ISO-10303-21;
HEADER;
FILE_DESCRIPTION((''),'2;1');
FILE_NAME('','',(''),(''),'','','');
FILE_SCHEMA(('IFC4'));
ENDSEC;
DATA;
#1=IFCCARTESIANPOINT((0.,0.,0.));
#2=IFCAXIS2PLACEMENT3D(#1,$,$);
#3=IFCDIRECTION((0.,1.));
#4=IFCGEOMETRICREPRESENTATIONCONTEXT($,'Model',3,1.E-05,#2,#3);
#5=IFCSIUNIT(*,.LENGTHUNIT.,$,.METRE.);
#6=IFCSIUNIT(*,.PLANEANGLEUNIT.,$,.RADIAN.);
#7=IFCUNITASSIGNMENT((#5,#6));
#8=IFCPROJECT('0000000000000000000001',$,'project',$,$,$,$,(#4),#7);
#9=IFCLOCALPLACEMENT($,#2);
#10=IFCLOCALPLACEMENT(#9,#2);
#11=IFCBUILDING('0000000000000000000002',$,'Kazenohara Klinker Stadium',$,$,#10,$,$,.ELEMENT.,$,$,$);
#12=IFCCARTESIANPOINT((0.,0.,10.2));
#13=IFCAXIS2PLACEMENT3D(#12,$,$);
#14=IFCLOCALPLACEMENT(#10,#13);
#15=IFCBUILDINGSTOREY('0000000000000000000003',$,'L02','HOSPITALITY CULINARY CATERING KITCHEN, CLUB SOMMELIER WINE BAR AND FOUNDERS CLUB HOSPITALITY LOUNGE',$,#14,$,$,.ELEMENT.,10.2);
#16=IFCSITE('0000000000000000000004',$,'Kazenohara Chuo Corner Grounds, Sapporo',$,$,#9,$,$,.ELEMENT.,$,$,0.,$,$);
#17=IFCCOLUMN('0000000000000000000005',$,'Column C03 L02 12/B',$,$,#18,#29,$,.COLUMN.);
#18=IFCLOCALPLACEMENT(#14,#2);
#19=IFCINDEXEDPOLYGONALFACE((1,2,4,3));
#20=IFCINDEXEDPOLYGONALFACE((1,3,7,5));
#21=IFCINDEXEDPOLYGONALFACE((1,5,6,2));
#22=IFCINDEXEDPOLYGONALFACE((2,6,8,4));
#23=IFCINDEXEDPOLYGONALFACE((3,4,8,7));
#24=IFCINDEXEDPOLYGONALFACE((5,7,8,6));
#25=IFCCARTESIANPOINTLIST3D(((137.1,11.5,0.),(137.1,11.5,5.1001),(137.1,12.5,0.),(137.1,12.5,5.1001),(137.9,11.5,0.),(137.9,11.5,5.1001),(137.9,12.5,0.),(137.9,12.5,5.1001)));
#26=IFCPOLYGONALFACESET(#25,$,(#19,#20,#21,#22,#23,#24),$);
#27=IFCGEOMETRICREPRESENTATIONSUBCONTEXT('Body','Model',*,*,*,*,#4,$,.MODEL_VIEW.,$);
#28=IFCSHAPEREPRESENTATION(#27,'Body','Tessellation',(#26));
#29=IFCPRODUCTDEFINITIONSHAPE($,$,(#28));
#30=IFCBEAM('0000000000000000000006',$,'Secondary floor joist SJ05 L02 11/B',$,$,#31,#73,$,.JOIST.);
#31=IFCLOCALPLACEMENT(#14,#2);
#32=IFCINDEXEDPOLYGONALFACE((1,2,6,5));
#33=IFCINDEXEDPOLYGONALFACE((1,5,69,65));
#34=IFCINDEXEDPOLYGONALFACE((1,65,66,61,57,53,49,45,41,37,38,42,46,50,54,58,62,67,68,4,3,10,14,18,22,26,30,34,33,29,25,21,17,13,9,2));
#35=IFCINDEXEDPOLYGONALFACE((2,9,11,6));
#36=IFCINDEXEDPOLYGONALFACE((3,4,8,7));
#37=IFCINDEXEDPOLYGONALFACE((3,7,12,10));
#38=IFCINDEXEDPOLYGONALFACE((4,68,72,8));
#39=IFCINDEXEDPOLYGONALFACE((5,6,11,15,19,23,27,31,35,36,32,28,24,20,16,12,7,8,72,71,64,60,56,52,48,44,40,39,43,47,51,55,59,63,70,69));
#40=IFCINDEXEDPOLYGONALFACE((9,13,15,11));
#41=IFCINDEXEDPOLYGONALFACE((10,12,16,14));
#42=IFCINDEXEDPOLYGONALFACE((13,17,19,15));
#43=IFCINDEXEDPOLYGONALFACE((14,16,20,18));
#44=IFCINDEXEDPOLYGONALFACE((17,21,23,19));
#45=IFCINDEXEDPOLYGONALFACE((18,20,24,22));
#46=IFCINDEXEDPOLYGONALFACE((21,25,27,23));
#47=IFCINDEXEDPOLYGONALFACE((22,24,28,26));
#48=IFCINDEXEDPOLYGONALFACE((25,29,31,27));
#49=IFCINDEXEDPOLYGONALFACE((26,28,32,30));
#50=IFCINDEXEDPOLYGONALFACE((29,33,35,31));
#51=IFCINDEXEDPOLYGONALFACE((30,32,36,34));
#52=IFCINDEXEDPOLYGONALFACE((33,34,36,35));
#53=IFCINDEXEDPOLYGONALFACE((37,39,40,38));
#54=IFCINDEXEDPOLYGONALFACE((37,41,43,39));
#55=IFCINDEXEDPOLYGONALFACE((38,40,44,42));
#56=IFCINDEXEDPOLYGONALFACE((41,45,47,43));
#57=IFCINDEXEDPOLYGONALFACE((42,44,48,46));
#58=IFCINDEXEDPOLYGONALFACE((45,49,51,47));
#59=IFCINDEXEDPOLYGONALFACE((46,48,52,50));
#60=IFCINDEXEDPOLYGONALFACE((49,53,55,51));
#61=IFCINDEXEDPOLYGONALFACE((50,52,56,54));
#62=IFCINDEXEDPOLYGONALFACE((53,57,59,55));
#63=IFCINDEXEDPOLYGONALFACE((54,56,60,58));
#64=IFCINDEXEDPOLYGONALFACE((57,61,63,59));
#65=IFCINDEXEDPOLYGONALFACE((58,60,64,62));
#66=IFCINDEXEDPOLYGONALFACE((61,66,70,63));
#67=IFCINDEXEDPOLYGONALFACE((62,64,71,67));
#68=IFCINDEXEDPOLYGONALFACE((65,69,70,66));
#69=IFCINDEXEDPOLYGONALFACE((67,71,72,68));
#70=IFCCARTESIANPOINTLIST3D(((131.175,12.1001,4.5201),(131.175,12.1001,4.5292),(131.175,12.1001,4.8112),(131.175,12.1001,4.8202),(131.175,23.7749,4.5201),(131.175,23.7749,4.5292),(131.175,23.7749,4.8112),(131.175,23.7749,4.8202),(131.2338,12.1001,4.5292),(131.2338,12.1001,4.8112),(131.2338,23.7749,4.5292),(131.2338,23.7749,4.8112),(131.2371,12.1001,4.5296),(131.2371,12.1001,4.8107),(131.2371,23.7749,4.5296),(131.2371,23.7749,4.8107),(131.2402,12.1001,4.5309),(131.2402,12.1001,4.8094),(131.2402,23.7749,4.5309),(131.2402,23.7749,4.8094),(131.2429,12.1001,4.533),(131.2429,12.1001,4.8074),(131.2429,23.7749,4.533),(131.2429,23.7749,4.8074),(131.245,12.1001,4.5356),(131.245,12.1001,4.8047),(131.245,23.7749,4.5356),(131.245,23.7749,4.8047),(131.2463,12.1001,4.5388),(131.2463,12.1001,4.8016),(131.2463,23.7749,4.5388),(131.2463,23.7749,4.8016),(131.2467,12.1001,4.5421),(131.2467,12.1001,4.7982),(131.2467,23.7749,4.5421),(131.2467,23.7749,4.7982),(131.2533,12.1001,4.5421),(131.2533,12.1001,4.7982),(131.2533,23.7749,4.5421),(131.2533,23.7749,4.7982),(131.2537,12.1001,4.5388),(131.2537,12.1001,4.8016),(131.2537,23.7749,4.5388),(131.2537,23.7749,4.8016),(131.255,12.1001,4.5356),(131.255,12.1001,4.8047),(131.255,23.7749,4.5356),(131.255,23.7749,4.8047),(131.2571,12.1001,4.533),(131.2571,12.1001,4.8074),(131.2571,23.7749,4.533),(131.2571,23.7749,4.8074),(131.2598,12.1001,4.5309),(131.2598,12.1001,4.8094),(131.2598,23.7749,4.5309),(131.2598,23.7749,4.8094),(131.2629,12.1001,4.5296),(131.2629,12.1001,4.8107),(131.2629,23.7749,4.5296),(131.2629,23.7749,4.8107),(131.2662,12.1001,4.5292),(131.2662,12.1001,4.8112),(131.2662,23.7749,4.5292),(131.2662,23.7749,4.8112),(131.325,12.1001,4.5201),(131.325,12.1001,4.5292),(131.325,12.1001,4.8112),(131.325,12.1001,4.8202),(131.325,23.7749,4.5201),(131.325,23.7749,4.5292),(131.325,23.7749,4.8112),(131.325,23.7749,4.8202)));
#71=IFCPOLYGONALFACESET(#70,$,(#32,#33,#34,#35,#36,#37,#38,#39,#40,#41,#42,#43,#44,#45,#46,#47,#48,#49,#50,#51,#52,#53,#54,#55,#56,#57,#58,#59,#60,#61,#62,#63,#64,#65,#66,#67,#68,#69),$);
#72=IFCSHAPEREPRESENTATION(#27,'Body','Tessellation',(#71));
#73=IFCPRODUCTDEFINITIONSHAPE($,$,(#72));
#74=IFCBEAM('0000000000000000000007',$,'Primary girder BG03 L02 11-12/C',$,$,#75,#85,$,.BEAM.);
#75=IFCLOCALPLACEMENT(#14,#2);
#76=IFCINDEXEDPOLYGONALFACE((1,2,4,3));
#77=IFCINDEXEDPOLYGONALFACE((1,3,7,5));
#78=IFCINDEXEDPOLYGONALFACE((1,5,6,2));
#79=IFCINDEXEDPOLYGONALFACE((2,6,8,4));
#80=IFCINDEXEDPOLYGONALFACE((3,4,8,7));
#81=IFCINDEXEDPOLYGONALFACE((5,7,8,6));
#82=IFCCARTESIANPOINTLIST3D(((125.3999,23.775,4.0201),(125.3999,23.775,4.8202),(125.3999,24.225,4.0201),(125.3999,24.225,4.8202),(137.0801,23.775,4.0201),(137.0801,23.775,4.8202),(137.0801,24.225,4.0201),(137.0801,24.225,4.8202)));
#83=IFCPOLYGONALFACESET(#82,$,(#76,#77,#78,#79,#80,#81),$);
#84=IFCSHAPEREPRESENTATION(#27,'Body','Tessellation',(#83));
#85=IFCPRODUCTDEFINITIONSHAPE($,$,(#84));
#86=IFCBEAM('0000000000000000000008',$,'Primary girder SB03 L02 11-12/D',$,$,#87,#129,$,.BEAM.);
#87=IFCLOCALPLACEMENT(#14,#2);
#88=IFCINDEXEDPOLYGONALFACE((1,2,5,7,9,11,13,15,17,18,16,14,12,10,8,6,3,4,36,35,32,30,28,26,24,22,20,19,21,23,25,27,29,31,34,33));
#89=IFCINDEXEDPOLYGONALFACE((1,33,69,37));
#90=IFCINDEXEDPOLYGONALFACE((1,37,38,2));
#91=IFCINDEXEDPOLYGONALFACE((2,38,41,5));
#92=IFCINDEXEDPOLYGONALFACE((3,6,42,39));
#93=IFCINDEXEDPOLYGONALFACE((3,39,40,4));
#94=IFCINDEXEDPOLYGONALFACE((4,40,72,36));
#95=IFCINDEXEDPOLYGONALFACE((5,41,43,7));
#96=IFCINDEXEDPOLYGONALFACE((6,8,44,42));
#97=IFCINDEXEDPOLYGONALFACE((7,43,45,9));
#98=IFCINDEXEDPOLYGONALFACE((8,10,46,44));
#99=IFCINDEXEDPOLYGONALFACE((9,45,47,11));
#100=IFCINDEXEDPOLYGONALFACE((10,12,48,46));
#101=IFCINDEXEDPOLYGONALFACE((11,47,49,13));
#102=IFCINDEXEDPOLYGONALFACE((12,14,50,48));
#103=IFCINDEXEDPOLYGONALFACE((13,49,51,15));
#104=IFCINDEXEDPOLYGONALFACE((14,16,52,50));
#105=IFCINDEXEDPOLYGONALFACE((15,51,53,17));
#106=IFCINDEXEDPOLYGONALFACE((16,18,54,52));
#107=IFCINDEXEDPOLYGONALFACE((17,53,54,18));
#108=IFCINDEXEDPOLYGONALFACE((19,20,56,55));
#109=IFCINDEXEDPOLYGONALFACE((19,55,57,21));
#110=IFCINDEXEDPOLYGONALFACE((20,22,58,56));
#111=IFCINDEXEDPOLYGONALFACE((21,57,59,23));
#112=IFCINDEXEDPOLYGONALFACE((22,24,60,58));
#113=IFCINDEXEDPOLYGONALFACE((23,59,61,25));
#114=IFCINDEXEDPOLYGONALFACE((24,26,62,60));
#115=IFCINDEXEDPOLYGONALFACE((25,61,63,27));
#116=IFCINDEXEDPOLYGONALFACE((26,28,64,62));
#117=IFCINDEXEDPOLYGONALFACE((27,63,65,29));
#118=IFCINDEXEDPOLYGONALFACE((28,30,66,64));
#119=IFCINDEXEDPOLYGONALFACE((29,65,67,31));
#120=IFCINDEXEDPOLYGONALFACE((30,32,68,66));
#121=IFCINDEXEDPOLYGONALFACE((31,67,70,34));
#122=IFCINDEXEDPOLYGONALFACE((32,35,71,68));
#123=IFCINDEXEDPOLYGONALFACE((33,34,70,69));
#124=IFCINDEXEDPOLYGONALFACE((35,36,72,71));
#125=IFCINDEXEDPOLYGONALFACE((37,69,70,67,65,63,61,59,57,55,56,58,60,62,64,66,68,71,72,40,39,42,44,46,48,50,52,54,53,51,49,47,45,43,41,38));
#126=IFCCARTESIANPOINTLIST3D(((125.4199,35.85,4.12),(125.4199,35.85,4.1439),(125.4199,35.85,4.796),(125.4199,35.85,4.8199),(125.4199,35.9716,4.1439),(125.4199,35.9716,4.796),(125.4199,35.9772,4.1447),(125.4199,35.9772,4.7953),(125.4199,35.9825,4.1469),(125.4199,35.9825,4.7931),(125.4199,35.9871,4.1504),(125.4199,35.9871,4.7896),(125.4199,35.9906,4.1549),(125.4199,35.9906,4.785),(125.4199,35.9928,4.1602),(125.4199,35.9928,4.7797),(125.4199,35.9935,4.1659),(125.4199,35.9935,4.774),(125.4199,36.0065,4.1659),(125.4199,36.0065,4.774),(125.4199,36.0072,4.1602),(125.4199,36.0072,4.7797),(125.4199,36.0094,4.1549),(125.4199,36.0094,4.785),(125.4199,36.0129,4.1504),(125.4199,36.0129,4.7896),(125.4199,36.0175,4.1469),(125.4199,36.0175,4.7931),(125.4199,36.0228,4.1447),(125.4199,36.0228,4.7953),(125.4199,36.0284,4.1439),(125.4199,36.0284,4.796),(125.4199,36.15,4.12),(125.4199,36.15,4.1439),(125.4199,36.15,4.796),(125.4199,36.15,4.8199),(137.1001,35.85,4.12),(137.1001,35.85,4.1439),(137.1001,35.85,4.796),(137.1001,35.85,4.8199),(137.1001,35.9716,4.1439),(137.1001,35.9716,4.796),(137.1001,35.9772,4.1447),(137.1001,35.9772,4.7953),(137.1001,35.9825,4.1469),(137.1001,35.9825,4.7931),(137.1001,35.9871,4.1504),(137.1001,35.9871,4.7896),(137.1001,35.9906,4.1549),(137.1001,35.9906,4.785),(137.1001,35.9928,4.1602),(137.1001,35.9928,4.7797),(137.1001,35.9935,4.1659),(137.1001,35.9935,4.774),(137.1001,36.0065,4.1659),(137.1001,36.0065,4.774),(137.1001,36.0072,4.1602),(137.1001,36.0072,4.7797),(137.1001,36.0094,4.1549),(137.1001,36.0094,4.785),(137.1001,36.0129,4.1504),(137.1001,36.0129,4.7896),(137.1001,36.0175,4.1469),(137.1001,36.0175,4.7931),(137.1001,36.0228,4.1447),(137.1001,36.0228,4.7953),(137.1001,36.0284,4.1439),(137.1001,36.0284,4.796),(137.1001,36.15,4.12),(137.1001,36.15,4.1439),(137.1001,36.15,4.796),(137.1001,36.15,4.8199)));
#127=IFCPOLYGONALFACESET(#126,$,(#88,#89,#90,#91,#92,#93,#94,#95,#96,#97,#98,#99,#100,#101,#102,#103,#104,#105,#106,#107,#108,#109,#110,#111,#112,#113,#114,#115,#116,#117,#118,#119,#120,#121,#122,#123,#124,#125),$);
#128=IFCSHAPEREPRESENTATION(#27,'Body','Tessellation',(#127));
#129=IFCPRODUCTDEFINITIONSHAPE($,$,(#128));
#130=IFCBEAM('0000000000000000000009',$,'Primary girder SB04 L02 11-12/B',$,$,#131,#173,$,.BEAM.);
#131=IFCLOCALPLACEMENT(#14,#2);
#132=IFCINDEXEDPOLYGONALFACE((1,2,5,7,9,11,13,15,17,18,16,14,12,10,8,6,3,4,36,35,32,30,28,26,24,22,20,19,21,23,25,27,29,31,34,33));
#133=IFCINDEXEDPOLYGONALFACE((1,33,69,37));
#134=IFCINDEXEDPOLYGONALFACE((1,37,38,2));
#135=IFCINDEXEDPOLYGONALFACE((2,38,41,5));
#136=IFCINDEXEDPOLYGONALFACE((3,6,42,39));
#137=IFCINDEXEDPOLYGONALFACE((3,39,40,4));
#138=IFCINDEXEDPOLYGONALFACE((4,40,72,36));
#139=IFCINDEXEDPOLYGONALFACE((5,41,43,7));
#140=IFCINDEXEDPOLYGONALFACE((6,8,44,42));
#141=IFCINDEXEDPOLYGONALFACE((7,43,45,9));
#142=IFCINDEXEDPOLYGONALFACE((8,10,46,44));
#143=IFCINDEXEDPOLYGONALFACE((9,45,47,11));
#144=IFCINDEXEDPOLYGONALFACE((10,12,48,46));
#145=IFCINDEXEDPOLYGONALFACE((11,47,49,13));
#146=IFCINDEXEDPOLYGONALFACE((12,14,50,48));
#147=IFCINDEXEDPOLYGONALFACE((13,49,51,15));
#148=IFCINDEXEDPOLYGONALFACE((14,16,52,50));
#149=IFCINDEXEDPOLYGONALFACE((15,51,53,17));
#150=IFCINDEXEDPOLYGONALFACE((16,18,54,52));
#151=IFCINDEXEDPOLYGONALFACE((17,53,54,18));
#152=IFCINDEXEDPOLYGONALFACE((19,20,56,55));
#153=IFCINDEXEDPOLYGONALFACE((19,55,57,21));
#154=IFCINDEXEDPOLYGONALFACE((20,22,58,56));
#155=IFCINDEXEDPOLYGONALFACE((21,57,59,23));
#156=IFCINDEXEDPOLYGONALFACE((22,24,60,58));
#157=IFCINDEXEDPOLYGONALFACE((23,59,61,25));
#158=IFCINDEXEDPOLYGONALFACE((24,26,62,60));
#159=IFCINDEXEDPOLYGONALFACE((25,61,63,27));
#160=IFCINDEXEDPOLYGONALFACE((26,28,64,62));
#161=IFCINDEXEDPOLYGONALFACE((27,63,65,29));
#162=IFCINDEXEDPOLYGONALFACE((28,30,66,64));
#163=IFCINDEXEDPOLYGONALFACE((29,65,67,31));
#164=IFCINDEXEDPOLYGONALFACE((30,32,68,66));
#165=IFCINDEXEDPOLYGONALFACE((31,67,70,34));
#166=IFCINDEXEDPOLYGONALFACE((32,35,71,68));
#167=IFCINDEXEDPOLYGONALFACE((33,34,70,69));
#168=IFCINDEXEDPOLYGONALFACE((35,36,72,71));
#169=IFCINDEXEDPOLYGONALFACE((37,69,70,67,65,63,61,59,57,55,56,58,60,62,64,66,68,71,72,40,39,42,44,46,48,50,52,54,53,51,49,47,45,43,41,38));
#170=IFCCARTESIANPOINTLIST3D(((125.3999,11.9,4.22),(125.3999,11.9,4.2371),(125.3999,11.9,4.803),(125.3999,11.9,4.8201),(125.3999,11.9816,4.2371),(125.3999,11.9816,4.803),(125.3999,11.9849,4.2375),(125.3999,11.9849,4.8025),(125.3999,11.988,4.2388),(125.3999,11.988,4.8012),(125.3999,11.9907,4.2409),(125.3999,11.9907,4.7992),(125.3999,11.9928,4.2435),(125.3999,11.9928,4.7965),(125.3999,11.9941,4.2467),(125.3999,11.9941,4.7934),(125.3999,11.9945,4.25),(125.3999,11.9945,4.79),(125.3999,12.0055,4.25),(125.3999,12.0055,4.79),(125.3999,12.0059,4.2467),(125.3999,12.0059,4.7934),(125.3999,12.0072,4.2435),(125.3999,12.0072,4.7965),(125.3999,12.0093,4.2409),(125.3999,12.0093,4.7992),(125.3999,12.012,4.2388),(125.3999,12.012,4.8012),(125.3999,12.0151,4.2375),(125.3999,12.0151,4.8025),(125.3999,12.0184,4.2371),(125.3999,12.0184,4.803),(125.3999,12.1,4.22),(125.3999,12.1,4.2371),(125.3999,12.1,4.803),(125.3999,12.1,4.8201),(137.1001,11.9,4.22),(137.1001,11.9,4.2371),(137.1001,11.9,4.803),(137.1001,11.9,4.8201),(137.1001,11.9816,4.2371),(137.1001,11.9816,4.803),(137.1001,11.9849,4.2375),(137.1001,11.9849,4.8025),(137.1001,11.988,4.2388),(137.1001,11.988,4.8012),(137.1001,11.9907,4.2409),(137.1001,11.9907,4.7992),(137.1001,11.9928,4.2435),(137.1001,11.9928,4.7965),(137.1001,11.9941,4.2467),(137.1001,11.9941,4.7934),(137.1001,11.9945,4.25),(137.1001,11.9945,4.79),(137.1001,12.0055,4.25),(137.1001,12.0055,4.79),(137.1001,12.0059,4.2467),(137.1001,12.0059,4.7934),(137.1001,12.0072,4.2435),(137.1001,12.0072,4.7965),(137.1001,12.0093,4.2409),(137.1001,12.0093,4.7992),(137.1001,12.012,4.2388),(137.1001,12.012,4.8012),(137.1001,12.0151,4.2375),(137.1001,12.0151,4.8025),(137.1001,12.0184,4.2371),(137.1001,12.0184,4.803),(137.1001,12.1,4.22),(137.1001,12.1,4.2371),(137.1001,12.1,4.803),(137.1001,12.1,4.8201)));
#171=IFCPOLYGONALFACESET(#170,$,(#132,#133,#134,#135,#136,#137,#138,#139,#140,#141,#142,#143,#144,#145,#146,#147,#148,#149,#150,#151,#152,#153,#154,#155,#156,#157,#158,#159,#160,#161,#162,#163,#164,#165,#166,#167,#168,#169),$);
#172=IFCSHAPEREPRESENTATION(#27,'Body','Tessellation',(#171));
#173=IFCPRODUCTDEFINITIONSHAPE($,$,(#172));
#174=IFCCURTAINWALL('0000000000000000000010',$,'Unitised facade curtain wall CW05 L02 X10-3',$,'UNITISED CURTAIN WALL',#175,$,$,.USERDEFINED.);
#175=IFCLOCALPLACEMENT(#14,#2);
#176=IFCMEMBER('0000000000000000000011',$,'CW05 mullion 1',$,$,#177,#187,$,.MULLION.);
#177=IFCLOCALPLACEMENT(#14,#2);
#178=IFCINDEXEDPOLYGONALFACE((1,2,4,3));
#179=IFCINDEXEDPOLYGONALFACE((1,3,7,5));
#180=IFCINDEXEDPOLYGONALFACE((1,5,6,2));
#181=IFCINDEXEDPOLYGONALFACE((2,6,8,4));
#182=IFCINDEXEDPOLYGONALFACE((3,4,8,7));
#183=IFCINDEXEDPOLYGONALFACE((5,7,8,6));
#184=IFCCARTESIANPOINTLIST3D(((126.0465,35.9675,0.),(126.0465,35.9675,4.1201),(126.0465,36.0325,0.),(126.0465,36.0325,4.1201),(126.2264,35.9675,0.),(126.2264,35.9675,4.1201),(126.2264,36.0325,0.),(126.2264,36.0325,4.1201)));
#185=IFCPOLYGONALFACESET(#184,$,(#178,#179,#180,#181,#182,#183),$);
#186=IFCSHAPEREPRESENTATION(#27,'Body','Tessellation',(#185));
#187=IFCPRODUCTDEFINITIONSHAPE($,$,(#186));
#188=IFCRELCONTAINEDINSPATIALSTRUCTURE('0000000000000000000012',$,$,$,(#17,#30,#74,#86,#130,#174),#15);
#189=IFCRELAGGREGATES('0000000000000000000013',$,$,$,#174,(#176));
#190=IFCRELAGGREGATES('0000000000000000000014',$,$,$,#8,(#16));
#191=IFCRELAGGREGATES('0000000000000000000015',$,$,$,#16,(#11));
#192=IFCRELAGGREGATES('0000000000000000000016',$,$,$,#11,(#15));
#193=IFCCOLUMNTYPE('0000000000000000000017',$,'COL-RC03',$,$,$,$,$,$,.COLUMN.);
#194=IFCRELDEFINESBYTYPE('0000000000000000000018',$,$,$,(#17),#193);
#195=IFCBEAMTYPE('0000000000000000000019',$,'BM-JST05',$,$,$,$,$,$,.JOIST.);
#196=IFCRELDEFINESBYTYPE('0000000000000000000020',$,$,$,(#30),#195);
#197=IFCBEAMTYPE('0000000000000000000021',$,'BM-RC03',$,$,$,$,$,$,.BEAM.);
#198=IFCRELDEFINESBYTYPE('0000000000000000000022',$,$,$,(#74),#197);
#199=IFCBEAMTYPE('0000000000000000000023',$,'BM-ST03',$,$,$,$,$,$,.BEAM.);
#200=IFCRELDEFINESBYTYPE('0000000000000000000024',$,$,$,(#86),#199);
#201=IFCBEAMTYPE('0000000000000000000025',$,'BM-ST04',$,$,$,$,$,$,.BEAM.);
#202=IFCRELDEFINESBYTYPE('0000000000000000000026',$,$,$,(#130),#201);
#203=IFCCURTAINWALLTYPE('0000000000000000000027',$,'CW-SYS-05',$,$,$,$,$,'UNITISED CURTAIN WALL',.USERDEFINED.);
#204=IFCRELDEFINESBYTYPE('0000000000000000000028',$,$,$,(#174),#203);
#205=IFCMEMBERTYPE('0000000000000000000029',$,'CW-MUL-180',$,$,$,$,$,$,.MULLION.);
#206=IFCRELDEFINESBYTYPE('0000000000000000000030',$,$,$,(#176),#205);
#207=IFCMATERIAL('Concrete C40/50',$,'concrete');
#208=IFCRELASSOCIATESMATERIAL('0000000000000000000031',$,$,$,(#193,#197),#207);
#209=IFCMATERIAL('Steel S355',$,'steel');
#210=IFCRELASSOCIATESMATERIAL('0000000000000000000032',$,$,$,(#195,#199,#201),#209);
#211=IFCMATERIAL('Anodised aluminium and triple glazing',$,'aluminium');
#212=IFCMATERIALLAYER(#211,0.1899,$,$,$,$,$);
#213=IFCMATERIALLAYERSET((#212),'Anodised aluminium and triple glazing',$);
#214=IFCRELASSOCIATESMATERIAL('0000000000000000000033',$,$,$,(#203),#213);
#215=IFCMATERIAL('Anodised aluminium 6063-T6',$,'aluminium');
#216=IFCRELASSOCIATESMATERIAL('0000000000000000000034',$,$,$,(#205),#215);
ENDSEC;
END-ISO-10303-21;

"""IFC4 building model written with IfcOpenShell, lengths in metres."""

from ifc_helpers import new_model, si_unit, direction, frame, origin, origin_2d, place, context, subcontext, project, spatial, rectangle, i_section, extrude, material, layer, layer_set, material_profile, profile_set, type_object, element, aggregate, save


model = new_model("IFC4")

# Units and contexts
model_context = context("Model", 3, precision=1e-05, world=origin(), true_north=direction((0.0, 1.0)))
body_context = subcontext(model_context, "Body", "Model", "MODEL_VIEW")
ifc_project = project(units=[si_unit("LENGTHUNIT", "METRE"), si_unit("PLANEANGLEUNIT", "RADIAN")], contexts=[model_context])

# Site, building, storey
site_placement = place(None, origin())
site = spatial("IfcSite", under=ifc_project, at=site_placement, Name="Kazenohara Chuo Corner Grounds, Sapporo", CompositionType="ELEMENT", RefElevation=0.0)
building_placement = place(site_placement, origin())
building = spatial("IfcBuilding", under=site, at=building_placement, Name="Kazenohara Klinker Stadium", CompositionType="ELEMENT")
storey_placement = place(building_placement, frame((0.0, 0.0, 10.2)))
storey = spatial("IfcBuildingStorey", under=building, at=storey_placement, Name="L02", Description="HOSPITALITY CULINARY CATERING KITCHEN, CLUB SOMMELIER WINE BAR AND FOUNDERS CLUB HOSPITALITY LOUNGE", CompositionType="ELEMENT", Elevation=10.2)

# Column
ifc_material_1 = material(Name="Concrete C40/50", Category="concrete")
ifc_material_profile_1 = material_profile(ifc_material_1, rectangle(XDim=0.8, YDim=1.0, at=origin_2d()), Name="RC-COL-1000x800")
ifc_profile_set_1 = profile_set([ifc_material_profile_1], Name="Concrete C40/50")
column_type = type_object("IfcColumnType", Name="COL-RC03", PredefinedType="COLUMN", material=ifc_profile_set_1)
column_placement = place(storey_placement, frame((137.5, 12.0, 0.0), z_axis=(0.0, 0.0, 1.0), x_axis=(1.0, 0.0, 0.0)))
element("IfcColumn", 1, at=column_placement, inside=storey, type_object=column_type, Name="Column C03 L02 12/B", PredefinedType="COLUMN", context=body_context, shape_type="SweptSolid", body=[
    extrude(rectangle(XDim=0.8, YDim=1.0, at=origin_2d()), origin(), (0.0, 0.0, 1.0), 5.1001),
])

# Beams
ifc_material_2 = material(Name="Steel S355", Category="steel")
ifc_material_profile_2 = material_profile(ifc_material_2, i_section(OverallWidth=0.1499, OverallDepth=0.3, WebThickness=0.0066, FlangeThickness=0.009, FilletRadius=0.0129, at=origin_2d()), Name="H-300x150x6.5x9")
ifc_profile_set_2 = profile_set([ifc_material_profile_2], Name="Steel S355")
beam_type_1 = type_object("IfcBeamType", Name="BM-JST05", PredefinedType="JOIST", material=ifc_profile_set_2)
beam_1_placement = place(storey_placement, frame((131.25, 12.1001, 4.6702), z_axis=(0.0, 1.0, 0.0), x_axis=(-1.0, 0.0, 0.0)))
element("IfcBeam", 2, at=beam_1_placement, inside=storey, type_object=beam_type_1, Name="Secondary floor joist SJ05 L02 11/B", PredefinedType="JOIST", context=body_context, shape_type="SweptSolid", body=[
    extrude(i_section(OverallWidth=0.1499, OverallDepth=0.3, WebThickness=0.0066, FlangeThickness=0.009, FilletRadius=0.0129, at=origin_2d()), origin(), (0.0, 0.0, 1.0), 11.6748),
])
ifc_material_profile_3 = material_profile(ifc_material_1, rectangle(XDim=0.45, YDim=0.8, at=origin_2d()), Name="RC-BM-450x800")
ifc_profile_set_3 = profile_set([ifc_material_profile_3], Name="Concrete C40/50")
beam_type_2 = type_object("IfcBeamType", Name="BM-RC03", PredefinedType="BEAM", material=ifc_profile_set_3)
beam_2_placement = place(storey_placement, frame((125.3999, 24.0, 4.4202), z_axis=(1.0, 0.0, 0.0), x_axis=(0.0, 1.0, 0.0)))
element("IfcBeam", 3, at=beam_2_placement, inside=storey, type_object=beam_type_2, Name="Primary girder BG03 L02 11-12/C", PredefinedType="BEAM", context=body_context, shape_type="SweptSolid", body=[
    extrude(rectangle(XDim=0.45, YDim=0.8, at=origin_2d()), origin(), (0.0, 0.0, 1.0), 11.6802),
])
ifc_material_profile_4 = material_profile(ifc_material_2, i_section(OverallWidth=0.3, OverallDepth=0.7, WebThickness=0.0129, FlangeThickness=0.0239, FilletRadius=0.022, at=origin_2d()), Name="H-700x300x13x24")
ifc_profile_set_4 = profile_set([ifc_material_profile_4], Name="Steel S355")
beam_type_3 = type_object("IfcBeamType", Name="BM-ST03", PredefinedType="BEAM", material=ifc_profile_set_4)
beam_3_placement = place(storey_placement, frame((125.4199, 36.0, 4.47), z_axis=(1.0, 0.0, 0.0), x_axis=(0.0, 1.0, 0.0)))
element("IfcBeam", 4, at=beam_3_placement, inside=storey, type_object=beam_type_3, Name="Primary girder SB03 L02 11-12/D", PredefinedType="BEAM", context=body_context, shape_type="SweptSolid", body=[
    extrude(i_section(OverallWidth=0.3, OverallDepth=0.7, WebThickness=0.0129, FlangeThickness=0.0239, FilletRadius=0.022, at=origin_2d()), origin(), (0.0, 0.0, 1.0), 11.6802),
])
ifc_material_profile_5 = material_profile(ifc_material_2, i_section(OverallWidth=0.2, OverallDepth=0.6001, WebThickness=0.011, FlangeThickness=0.0171, FilletRadius=0.0129, at=origin_2d()), Name="H-600x200x11x17")
ifc_profile_set_5 = profile_set([ifc_material_profile_5], Name="Steel S355")
beam_type_4 = type_object("IfcBeamType", Name="BM-ST04", PredefinedType="BEAM", material=ifc_profile_set_5)
beam_4_placement = place(storey_placement, frame((125.3999, 12.0, 4.52), z_axis=(1.0, 0.0, 0.0), x_axis=(0.0, 1.0, 0.0)))
element("IfcBeam", 5, at=beam_4_placement, inside=storey, type_object=beam_type_4, Name="Primary girder SB04 L02 11-12/B", PredefinedType="BEAM", context=body_context, shape_type="SweptSolid", body=[
    extrude(i_section(OverallWidth=0.2, OverallDepth=0.6001, WebThickness=0.011, FlangeThickness=0.0171, FilletRadius=0.0129, at=origin_2d()), origin(), (0.0, 0.0, 1.0), 11.7002),
])

# Curtain wall, member
ifc_material_3 = material(Name="Anodised aluminium and triple glazing", Category="aluminium")
ifc_layer_1 = layer(ifc_material_3, 0.1899)
ifc_layer_set_1 = layer_set([ifc_layer_1], Name="Anodised aluminium and triple glazing")
curtain_wall_type = type_object("IfcCurtainWallType", Name="CW-SYS-05", ElementType="UNITISED CURTAIN WALL", PredefinedType="USERDEFINED", material=ifc_layer_set_1)
curtain_wall_placement = place(storey_placement, origin())
curtain_wall = element("IfcCurtainWall", 6, at=curtain_wall_placement, inside=storey, type_object=curtain_wall_type, Name="Unitised facade curtain wall CW05 L02 X10-3", ObjectType="UNITISED CURTAIN WALL", PredefinedType="USERDEFINED")
ifc_material_4 = material(Name="Anodised aluminium 6063-T6", Category="aluminium")
ifc_material_profile_6 = material_profile(ifc_material_4, rectangle(XDim=0.0649, YDim=0.1799, at=origin_2d()), Name="ALU-MUL-65x180")
ifc_profile_set_6 = profile_set([ifc_material_profile_6], Name="Anodised aluminium 6063-T6")
member_type_1 = type_object("IfcMemberType", Name="CW-MUL-180", PredefinedType="MULLION", material=ifc_profile_set_6)
member_1_placement = place(storey_placement, frame((126.1365, 36.0, 0.0), z_axis=(0.0, 0.0, 1.0), x_axis=(0.0, 1.0, 0.0)))
member_1 = element("IfcMember", 7, at=member_1_placement, type_object=member_type_1, Name="CW05 mullion 1", PredefinedType="MULLION", context=body_context, shape_type="SweptSolid", body=[
    extrude(rectangle(XDim=0.0649, YDim=0.1799, at=origin_2d()), origin(), (0.0, 0.0, 1.0), 4.1201),
])
aggregate(curtain_wall, [member_1])

save(model, "model.ifc")
